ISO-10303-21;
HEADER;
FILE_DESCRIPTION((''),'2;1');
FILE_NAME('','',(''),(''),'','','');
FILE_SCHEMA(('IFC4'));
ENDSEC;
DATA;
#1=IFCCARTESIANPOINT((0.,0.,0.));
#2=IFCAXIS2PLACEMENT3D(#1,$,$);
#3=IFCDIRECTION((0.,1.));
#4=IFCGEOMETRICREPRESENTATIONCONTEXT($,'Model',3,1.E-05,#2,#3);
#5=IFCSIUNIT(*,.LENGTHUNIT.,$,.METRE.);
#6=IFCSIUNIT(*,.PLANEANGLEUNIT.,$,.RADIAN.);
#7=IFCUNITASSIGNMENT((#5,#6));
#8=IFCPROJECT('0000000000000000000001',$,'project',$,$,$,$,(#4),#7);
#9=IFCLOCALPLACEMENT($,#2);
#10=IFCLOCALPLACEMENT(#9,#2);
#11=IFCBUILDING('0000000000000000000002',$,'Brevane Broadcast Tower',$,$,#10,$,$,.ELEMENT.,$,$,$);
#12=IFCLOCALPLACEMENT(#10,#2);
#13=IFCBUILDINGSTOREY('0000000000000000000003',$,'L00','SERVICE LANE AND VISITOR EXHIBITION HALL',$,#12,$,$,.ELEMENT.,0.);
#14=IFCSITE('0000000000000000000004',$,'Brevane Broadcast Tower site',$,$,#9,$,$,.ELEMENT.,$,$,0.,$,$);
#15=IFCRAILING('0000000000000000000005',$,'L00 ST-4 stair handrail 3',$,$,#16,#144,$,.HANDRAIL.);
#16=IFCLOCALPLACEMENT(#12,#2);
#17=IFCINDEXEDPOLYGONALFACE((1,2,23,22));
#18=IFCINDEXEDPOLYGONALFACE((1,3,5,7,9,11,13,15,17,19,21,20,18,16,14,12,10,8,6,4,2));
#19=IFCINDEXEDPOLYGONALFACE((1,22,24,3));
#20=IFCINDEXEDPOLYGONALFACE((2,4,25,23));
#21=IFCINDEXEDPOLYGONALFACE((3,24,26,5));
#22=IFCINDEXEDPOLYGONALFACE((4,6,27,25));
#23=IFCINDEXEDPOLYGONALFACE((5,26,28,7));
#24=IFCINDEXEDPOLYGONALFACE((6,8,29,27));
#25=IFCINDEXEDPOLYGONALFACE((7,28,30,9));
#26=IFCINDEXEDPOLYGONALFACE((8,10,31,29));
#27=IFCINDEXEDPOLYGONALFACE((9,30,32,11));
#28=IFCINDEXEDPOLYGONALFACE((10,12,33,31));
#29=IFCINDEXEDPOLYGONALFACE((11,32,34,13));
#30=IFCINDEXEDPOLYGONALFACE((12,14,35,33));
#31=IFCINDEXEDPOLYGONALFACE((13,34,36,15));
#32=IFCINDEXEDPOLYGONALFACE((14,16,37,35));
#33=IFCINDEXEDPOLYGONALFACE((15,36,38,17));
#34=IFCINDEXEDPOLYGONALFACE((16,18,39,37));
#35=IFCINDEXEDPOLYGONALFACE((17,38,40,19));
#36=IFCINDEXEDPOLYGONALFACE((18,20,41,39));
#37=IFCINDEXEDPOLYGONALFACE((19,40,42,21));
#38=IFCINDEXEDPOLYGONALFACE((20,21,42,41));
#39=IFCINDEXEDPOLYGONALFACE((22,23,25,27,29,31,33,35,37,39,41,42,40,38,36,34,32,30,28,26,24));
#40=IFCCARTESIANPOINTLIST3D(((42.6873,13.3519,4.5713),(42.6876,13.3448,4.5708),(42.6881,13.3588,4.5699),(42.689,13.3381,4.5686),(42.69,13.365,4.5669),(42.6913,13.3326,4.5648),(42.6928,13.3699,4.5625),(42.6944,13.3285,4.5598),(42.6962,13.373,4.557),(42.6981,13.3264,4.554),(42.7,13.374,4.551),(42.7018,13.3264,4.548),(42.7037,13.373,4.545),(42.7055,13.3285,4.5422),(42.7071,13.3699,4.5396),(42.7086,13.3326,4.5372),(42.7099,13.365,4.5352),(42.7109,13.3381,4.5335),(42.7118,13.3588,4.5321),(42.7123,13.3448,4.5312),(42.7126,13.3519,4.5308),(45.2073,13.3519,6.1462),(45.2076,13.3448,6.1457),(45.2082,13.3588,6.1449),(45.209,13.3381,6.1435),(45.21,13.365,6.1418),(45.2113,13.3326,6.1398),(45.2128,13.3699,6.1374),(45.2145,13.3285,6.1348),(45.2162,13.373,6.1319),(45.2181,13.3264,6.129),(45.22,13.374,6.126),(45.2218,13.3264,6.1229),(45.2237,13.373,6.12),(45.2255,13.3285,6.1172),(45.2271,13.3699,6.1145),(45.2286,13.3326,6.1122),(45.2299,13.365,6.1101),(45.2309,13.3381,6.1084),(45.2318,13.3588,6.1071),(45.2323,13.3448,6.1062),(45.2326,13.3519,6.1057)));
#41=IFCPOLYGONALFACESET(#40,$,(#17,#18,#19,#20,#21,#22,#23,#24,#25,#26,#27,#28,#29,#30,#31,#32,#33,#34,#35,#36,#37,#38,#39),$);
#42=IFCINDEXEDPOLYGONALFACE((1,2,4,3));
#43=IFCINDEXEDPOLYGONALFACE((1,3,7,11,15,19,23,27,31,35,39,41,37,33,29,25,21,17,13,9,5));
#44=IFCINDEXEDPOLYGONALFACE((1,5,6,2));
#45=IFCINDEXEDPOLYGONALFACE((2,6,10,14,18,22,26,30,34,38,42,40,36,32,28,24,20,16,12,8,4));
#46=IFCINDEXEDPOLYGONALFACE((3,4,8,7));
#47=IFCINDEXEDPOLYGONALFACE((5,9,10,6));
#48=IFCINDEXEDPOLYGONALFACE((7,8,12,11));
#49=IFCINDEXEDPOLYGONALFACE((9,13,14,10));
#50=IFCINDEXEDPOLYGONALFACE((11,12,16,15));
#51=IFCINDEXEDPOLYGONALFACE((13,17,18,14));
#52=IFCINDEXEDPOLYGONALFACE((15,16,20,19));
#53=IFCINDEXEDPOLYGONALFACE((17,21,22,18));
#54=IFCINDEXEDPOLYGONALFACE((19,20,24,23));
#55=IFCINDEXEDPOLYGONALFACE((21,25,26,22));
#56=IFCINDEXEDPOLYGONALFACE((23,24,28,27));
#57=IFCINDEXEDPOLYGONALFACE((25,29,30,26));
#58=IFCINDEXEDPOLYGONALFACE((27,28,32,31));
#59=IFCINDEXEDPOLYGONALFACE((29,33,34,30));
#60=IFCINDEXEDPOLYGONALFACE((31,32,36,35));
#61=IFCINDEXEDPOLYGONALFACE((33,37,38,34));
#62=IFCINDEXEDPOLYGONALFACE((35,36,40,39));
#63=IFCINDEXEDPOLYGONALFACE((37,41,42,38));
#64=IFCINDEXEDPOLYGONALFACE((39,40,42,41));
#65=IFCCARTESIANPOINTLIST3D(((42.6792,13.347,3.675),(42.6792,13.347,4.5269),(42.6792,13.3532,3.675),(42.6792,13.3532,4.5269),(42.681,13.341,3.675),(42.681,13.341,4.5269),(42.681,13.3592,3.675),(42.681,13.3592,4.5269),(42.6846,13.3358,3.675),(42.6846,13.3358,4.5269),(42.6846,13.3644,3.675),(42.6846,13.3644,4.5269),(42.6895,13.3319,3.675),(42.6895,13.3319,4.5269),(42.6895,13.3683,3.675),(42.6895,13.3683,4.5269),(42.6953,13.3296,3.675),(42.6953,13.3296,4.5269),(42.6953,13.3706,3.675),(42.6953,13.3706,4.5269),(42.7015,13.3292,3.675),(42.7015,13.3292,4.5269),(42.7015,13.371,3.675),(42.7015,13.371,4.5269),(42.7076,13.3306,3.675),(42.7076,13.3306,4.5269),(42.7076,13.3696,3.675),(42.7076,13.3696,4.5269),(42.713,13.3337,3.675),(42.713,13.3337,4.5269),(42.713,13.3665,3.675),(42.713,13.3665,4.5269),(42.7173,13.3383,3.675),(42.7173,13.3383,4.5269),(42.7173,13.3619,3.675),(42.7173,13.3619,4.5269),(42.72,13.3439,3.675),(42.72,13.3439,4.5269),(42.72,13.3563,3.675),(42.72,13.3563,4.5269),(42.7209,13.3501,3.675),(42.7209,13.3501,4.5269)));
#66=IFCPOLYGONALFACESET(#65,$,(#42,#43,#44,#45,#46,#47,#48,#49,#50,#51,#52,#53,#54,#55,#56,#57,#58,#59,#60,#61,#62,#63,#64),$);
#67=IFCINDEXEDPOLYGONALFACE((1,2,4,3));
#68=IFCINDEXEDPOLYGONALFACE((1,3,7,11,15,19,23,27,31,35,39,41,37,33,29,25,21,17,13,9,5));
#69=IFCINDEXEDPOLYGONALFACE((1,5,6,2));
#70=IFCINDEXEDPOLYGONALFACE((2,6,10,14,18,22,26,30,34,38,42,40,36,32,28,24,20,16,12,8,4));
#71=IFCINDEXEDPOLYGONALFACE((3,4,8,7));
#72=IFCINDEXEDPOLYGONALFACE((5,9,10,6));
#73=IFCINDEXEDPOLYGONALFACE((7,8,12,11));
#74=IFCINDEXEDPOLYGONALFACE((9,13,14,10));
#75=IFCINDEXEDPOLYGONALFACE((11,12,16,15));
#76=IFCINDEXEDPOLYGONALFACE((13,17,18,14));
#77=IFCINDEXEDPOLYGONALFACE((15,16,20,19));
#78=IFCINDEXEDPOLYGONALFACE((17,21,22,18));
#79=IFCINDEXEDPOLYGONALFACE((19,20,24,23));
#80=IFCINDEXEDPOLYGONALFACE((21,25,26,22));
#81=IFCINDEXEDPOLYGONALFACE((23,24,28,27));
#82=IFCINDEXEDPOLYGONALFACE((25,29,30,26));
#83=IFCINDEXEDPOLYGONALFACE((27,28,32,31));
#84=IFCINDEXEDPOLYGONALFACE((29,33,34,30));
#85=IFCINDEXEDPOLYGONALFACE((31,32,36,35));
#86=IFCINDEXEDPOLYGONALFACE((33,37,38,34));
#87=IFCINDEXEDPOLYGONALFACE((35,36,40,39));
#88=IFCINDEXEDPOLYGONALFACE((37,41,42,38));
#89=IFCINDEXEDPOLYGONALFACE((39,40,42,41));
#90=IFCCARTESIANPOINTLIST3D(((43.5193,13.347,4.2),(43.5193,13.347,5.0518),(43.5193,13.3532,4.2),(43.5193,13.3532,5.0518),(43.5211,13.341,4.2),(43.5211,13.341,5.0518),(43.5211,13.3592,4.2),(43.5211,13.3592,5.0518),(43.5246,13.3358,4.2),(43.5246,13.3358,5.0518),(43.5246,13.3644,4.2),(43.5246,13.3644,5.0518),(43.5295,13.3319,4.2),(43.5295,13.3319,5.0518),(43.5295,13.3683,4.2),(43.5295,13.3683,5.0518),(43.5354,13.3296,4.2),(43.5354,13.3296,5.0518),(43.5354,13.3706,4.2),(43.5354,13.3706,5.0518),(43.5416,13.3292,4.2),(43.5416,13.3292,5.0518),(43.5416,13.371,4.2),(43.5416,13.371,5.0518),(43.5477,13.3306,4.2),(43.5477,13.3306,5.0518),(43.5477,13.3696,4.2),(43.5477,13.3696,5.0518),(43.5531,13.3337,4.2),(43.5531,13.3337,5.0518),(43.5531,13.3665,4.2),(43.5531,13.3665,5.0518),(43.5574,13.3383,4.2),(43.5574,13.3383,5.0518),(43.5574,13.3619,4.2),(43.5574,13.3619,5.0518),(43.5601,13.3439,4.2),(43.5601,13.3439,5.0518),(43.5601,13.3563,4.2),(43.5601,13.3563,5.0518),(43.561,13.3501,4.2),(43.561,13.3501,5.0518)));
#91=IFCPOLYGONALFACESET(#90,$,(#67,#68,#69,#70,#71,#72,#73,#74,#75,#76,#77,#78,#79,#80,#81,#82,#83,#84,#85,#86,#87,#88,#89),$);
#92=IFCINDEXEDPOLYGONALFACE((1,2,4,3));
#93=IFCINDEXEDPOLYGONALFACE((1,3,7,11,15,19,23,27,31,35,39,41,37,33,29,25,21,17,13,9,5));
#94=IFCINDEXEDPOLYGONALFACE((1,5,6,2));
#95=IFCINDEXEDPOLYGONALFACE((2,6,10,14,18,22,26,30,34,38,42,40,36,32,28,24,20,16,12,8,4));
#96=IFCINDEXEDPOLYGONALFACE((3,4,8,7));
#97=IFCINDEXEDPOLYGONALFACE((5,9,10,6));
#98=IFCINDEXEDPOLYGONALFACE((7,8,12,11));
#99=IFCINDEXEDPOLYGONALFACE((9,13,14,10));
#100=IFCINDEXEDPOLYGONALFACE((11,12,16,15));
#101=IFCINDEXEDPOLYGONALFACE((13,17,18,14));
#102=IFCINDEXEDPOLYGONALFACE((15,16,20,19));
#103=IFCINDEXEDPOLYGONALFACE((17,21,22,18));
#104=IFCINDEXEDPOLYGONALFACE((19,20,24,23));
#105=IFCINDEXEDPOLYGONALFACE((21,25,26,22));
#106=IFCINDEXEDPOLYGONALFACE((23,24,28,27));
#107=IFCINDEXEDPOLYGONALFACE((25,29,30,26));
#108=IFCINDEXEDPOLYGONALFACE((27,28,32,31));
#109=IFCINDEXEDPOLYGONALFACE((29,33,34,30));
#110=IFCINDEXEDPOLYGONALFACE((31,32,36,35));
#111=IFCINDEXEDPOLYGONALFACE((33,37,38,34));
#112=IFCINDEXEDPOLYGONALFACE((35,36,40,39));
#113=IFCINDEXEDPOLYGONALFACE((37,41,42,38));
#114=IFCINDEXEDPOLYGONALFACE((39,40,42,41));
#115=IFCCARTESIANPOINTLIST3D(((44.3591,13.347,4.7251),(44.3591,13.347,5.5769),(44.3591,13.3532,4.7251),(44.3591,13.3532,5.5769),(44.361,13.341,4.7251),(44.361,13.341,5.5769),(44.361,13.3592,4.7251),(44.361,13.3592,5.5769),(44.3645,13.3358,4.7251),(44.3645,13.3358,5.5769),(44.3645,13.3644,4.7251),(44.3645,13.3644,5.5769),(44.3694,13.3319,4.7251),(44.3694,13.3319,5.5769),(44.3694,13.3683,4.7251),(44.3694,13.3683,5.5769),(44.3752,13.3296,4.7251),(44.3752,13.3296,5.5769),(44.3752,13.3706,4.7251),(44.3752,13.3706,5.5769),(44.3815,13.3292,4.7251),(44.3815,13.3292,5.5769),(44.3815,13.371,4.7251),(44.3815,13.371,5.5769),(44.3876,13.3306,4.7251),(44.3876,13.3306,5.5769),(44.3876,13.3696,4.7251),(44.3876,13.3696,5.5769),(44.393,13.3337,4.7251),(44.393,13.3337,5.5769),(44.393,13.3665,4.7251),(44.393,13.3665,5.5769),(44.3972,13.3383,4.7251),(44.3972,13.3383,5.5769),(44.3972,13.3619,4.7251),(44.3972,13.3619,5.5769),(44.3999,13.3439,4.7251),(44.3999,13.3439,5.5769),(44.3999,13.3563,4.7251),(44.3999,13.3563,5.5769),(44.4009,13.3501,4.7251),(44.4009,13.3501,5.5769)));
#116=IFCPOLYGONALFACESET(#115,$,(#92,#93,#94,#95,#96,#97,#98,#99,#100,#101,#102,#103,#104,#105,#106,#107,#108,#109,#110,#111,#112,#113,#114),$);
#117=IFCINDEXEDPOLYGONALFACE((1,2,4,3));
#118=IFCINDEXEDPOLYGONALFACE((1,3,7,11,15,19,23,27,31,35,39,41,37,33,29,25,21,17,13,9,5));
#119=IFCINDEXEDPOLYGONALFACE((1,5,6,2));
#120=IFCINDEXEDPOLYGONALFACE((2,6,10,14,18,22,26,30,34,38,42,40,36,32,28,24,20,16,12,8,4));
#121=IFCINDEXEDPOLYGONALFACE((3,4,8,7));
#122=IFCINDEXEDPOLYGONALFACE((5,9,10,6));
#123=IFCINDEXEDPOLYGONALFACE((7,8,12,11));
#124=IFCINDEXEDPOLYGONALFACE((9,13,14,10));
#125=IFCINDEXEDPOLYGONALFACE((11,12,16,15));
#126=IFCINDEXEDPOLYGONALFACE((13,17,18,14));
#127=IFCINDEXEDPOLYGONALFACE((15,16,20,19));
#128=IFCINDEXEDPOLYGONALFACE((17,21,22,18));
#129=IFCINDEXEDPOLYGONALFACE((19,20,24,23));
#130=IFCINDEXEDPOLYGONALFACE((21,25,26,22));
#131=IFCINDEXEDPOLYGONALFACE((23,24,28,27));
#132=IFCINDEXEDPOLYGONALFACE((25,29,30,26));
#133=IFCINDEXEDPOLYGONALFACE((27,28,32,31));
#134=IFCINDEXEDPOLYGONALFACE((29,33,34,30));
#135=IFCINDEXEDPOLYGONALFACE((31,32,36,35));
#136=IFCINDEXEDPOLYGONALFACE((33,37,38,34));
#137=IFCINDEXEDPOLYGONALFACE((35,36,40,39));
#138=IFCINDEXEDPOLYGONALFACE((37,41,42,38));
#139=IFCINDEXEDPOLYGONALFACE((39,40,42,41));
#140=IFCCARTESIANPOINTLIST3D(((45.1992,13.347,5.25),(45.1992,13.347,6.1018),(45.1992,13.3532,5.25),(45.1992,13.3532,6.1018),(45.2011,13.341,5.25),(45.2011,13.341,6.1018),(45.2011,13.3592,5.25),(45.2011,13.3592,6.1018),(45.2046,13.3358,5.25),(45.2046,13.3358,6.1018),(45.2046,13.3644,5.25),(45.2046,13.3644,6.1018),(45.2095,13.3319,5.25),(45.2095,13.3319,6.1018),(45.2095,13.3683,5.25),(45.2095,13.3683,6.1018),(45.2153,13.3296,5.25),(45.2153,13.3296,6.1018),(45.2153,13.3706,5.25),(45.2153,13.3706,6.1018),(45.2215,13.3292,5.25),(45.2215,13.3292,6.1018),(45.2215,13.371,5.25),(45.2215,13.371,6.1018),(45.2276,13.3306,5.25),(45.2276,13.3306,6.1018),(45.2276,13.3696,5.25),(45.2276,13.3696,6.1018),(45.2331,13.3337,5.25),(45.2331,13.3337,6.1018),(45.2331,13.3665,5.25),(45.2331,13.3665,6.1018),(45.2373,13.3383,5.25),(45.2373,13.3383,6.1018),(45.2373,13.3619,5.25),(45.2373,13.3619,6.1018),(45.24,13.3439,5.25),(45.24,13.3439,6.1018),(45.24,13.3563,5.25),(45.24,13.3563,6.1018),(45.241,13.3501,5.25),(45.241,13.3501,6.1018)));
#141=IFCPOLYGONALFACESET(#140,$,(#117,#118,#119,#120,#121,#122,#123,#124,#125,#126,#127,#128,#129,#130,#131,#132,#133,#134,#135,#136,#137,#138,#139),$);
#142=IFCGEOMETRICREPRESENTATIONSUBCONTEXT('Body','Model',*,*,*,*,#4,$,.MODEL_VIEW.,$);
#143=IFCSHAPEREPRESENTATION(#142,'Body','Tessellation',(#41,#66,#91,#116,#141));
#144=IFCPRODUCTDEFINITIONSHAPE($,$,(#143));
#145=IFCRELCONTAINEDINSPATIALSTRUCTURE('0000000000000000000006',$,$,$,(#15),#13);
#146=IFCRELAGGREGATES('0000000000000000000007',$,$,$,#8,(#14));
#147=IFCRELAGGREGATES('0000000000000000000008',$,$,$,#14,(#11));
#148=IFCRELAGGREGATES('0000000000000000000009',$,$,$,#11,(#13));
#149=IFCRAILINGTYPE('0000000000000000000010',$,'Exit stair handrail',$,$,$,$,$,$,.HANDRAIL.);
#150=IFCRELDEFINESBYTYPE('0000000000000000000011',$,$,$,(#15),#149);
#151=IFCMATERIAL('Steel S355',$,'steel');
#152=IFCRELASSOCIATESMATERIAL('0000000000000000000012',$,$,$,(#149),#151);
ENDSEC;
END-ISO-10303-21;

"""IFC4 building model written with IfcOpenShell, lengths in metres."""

from ifc_helpers import new_model, si_unit, direction, frame, origin, origin_2d, place, context, subcontext, project, spatial, circle, extrude, material, type_object, element, save


model = new_model("IFC4")

# Units and contexts
model_context = context("Model", 3, precision=1e-05, world=origin(), true_north=direction((0.0, 1.0)))
body_context = subcontext(model_context, "Body", "Model", "MODEL_VIEW")
ifc_project = project(units=[si_unit("LENGTHUNIT", "METRE"), si_unit("PLANEANGLEUNIT", "RADIAN")], contexts=[model_context])

# Site, building, storey
site_placement = place(None, origin())
site = spatial("IfcSite", under=ifc_project, at=site_placement, Name="Brevane Broadcast Tower site", CompositionType="ELEMENT", RefElevation=0.0)
building_placement = place(site_placement, origin())
building = spatial("IfcBuilding", under=site, at=building_placement, Name="Brevane Broadcast Tower", CompositionType="ELEMENT")
storey_placement = place(building_placement, origin())
storey = spatial("IfcBuildingStorey", under=building, at=storey_placement, Name="L00", Description="SERVICE LANE AND VISITOR EXHIBITION HALL", CompositionType="ELEMENT", Elevation=0.0)

# Railing
ifc_material_1 = material(Name="Steel S355", Category="steel")
railing_type_1 = type_object("IfcRailingType", Name="Exit stair handrail", PredefinedType="HANDRAIL", material=ifc_material_1)
for number, where, name in (
    (1, (42.7, 13.3501, 3.675), "L00 ST-4 stair handrail 3"),
):
    element("IfcRailing", number, at=place(storey_placement, frame(where)), inside=storey, type_object=railing_type_1, Name=name, PredefinedType="HANDRAIL", context=body_context, shape_type="SweptSolid", body=[
        extrude(circle(Radius=0.0239, at=origin_2d()), frame((0.0, 0.0, 0.876), z_axis=(0.848008, 0.0, 0.529984), x_axis=(0.0, 1.0, 0.0)), (0.0, 0.0, 1.0), 2.9717),
        extrude(circle(Radius=0.021, at=origin_2d()), origin(), (0.0, 0.0, 1.0), 0.8518),
        extrude(circle(Radius=0.021, at=origin_2d()), frame((0.8401, 0.0, 0.5249)), (0.0, 0.0, 1.0), 0.8518),
        extrude(circle(Radius=0.021, at=origin_2d()), frame((1.6799, 0.0, 1.05)), (0.0, 0.0, 1.0), 0.8518),
        extrude(circle(Radius=0.021, at=origin_2d()), frame((2.52, 0.0, 1.575)), (0.0, 0.0, 1.0), 0.8518),
    ])

save(model, "model.ifc")
